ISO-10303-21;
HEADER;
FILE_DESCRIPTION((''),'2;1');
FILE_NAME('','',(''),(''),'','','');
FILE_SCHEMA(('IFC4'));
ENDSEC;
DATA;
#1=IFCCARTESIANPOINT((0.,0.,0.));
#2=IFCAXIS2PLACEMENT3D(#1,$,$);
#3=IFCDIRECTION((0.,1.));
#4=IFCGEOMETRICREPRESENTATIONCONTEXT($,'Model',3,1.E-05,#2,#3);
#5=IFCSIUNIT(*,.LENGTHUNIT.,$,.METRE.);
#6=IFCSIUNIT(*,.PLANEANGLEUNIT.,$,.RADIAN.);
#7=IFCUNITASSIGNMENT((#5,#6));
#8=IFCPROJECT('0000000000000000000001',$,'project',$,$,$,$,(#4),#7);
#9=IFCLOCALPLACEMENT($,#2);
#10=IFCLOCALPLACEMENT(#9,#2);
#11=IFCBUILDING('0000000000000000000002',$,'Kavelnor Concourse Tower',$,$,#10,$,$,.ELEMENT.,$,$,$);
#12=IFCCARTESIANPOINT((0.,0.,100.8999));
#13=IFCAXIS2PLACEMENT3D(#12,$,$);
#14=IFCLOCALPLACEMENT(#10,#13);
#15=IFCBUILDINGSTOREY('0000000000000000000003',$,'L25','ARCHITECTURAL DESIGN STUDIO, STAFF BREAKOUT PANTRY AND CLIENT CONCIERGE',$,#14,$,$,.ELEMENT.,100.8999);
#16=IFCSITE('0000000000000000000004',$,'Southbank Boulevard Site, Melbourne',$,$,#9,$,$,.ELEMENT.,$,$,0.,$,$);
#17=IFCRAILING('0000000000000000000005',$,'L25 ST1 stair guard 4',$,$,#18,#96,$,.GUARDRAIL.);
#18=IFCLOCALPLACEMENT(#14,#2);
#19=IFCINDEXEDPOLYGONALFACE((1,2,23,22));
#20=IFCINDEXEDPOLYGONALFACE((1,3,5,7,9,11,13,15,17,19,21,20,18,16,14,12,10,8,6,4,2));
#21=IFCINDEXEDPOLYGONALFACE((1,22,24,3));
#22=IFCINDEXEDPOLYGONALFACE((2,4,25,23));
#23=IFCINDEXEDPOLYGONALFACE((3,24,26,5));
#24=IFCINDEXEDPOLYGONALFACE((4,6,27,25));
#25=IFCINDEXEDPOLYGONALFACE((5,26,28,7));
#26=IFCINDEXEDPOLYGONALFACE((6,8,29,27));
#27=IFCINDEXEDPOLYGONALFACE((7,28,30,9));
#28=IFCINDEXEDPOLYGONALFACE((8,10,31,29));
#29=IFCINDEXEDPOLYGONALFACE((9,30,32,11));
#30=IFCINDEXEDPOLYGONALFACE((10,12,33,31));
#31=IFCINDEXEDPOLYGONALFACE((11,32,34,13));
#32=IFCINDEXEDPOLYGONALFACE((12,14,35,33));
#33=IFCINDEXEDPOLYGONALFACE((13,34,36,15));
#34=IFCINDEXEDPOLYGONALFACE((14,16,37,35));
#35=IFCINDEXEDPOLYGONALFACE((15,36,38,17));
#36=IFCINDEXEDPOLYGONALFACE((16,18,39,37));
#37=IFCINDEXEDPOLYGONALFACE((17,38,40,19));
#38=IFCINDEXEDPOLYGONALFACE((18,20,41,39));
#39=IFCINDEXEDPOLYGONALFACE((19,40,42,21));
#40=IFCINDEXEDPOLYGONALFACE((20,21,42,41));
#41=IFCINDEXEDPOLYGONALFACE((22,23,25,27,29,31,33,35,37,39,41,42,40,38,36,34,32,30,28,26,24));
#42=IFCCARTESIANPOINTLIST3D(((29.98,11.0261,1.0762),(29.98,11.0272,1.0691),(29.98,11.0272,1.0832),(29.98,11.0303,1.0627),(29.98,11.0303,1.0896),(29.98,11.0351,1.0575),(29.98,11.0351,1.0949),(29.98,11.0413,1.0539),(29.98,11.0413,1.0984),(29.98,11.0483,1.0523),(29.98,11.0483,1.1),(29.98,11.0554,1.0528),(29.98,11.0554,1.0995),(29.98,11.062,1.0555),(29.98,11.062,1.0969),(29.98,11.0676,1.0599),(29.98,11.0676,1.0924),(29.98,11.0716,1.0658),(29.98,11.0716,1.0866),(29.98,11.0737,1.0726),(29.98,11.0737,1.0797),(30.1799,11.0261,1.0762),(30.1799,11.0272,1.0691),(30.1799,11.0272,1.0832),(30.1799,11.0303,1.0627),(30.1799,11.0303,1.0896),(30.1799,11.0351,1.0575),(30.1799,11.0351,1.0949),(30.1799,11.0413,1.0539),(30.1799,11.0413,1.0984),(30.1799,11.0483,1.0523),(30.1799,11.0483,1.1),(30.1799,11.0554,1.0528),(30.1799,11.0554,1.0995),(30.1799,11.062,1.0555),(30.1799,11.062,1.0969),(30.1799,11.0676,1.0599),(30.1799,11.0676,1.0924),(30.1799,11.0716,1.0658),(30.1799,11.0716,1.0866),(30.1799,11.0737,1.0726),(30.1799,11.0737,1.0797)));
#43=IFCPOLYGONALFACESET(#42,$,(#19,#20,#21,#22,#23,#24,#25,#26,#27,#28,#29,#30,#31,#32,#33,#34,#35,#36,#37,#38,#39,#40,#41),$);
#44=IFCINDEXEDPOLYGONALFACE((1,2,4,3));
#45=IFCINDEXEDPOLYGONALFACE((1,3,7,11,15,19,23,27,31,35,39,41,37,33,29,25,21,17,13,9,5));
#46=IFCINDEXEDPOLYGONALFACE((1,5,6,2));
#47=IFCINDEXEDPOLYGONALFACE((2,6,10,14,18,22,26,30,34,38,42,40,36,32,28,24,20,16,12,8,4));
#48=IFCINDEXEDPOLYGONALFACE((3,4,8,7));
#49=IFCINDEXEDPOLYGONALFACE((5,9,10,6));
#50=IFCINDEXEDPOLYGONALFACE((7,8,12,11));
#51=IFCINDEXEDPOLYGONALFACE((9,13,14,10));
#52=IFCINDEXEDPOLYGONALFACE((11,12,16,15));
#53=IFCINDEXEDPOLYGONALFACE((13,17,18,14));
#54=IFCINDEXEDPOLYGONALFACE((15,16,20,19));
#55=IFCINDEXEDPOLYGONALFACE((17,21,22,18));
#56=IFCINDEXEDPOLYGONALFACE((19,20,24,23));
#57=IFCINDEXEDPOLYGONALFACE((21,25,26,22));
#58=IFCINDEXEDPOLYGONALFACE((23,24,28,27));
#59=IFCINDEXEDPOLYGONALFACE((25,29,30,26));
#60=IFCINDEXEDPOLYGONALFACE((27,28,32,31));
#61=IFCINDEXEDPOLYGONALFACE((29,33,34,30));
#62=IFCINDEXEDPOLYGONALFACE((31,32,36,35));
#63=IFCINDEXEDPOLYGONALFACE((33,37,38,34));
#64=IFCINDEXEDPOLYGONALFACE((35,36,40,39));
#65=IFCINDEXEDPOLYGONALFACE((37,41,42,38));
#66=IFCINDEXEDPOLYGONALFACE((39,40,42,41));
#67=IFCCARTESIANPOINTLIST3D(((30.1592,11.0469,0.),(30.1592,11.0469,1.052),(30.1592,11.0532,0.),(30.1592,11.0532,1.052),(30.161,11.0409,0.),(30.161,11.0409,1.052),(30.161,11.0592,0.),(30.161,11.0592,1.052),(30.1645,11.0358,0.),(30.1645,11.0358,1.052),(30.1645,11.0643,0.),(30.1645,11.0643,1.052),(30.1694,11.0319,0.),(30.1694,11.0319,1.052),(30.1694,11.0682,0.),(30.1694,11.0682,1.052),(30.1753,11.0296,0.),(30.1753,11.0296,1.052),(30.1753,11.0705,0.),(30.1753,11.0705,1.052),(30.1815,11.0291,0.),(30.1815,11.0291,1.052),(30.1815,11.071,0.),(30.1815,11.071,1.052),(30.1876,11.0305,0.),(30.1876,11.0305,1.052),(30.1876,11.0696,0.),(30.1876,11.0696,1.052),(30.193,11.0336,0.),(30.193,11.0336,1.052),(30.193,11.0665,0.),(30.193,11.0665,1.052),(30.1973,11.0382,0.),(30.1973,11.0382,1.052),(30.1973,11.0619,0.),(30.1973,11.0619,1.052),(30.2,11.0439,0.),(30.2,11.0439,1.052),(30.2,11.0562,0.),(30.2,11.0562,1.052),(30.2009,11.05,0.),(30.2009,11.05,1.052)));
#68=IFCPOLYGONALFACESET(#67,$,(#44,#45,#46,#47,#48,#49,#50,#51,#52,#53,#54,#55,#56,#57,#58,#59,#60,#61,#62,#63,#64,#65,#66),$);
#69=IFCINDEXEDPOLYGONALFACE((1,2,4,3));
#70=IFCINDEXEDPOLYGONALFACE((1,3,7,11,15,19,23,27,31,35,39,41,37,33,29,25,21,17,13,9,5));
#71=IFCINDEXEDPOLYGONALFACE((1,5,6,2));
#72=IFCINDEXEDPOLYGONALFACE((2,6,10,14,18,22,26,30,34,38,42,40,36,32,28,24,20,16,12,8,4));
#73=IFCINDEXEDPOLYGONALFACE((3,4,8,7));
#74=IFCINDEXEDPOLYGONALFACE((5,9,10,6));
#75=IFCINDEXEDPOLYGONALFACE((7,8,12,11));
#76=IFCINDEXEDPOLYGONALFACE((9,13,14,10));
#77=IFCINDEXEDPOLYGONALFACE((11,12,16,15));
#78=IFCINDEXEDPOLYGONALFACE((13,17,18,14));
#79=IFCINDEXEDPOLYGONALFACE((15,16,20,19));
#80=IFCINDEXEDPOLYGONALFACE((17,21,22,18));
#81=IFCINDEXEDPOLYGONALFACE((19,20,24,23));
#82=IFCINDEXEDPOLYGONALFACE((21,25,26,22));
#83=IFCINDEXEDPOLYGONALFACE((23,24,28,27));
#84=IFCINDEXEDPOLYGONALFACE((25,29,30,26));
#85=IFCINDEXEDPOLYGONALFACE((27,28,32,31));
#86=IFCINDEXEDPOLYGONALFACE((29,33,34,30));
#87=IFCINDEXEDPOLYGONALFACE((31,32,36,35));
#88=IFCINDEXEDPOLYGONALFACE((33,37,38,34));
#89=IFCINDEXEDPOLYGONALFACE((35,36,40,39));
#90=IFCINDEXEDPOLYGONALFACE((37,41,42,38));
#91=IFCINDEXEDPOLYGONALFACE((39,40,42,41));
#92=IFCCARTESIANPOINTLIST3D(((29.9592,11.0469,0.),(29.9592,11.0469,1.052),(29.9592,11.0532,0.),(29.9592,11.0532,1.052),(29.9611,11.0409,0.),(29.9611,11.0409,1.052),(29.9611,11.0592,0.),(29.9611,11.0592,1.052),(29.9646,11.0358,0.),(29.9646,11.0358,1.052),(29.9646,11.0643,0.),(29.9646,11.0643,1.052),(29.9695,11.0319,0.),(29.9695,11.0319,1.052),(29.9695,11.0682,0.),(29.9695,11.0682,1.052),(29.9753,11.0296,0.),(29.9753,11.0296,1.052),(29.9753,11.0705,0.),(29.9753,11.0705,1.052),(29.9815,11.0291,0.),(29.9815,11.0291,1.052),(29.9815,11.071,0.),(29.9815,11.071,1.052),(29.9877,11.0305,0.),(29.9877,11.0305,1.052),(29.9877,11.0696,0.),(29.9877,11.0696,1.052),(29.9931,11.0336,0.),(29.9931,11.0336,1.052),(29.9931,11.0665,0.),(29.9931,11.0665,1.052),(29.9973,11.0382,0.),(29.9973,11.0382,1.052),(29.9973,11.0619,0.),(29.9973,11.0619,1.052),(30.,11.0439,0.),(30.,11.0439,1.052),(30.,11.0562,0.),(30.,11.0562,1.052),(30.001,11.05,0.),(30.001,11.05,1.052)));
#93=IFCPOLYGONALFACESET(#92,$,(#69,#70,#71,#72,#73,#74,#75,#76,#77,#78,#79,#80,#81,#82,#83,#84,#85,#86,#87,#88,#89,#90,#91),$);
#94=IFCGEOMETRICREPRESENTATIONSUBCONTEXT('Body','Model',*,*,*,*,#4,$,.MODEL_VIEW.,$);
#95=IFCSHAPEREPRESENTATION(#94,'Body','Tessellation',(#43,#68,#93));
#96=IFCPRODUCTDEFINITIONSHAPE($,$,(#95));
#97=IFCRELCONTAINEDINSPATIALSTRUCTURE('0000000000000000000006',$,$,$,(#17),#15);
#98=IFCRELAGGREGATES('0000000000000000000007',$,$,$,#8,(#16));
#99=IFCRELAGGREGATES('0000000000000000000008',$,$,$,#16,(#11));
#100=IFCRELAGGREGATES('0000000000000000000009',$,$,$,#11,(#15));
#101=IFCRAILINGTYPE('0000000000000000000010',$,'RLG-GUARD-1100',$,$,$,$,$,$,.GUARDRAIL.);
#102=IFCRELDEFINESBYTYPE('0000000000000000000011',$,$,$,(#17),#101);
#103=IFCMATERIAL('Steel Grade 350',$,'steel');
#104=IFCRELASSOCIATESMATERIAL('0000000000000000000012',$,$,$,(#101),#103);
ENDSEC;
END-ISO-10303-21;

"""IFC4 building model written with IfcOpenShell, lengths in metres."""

from ifc_helpers import new_model, si_unit, direction, frame, origin, origin_2d, place, context, subcontext, project, spatial, circle, extrude, material, type_object, element, save


model = new_model("IFC4")

# Units and contexts
model_context = context("Model", 3, precision=1e-05, world=origin(), true_north=direction((0.0, 1.0)))
body_context = subcontext(model_context, "Body", "Model", "MODEL_VIEW")
ifc_project = project(units=[si_unit("LENGTHUNIT", "METRE"), si_unit("PLANEANGLEUNIT", "RADIAN")], contexts=[model_context])

# Site, building, storey
site_placement = place(None, origin())
site = spatial("IfcSite", under=ifc_project, at=site_placement, Name="Southbank Boulevard Site, Melbourne", CompositionType="ELEMENT", RefElevation=0.0)
building_placement = place(site_placement, origin())
building = spatial("IfcBuilding", under=site, at=building_placement, Name="Kavelnor Concourse Tower", CompositionType="ELEMENT")
storey_placement = place(building_placement, frame((0.0, 0.0, 100.8999)))
storey = spatial("IfcBuildingStorey", under=building, at=storey_placement, Name="L25", Description="ARCHITECTURAL DESIGN STUDIO, STAFF BREAKOUT PANTRY AND CLIENT CONCIERGE", CompositionType="ELEMENT", Elevation=100.8999)

# Shared definitions
ifc_material_1 = material(Name="Steel Grade 350", Category="steel")

# Railing
railing_type_1 = type_object("IfcRailingType", Name="RLG-GUARD-1100", PredefinedType="GUARDRAIL", material=ifc_material_1)
railing_1_placement = place(storey_placement, frame((30.1799, 11.05, 0.0)))
element("IfcRailing", 1, at=railing_1_placement, inside=storey, type_object=railing_type_1, Name="L25 ST1 stair guard 4", PredefinedType="GUARDRAIL", context=body_context, shape_type="SweptSolid", body=[
    extrude(circle(Radius=0.0239, at=origin_2d()), frame((0.0, 0.0, 1.0762), z_axis=(-1.0, 0.0, 0.0), x_axis=(0.0, -1.0, 0.0)), (0.0, 0.0, 1.0), 0.2),
    extrude(circle(Radius=0.021, at=origin_2d()), origin(), (0.0, 0.0, 1.0), 1.052),
    extrude(circle(Radius=0.021, at=origin_2d()), frame((-0.2, 0.0, 0.0)), (0.0, 0.0, 1.0), 1.052),
])

save(model, "model.ifc")
